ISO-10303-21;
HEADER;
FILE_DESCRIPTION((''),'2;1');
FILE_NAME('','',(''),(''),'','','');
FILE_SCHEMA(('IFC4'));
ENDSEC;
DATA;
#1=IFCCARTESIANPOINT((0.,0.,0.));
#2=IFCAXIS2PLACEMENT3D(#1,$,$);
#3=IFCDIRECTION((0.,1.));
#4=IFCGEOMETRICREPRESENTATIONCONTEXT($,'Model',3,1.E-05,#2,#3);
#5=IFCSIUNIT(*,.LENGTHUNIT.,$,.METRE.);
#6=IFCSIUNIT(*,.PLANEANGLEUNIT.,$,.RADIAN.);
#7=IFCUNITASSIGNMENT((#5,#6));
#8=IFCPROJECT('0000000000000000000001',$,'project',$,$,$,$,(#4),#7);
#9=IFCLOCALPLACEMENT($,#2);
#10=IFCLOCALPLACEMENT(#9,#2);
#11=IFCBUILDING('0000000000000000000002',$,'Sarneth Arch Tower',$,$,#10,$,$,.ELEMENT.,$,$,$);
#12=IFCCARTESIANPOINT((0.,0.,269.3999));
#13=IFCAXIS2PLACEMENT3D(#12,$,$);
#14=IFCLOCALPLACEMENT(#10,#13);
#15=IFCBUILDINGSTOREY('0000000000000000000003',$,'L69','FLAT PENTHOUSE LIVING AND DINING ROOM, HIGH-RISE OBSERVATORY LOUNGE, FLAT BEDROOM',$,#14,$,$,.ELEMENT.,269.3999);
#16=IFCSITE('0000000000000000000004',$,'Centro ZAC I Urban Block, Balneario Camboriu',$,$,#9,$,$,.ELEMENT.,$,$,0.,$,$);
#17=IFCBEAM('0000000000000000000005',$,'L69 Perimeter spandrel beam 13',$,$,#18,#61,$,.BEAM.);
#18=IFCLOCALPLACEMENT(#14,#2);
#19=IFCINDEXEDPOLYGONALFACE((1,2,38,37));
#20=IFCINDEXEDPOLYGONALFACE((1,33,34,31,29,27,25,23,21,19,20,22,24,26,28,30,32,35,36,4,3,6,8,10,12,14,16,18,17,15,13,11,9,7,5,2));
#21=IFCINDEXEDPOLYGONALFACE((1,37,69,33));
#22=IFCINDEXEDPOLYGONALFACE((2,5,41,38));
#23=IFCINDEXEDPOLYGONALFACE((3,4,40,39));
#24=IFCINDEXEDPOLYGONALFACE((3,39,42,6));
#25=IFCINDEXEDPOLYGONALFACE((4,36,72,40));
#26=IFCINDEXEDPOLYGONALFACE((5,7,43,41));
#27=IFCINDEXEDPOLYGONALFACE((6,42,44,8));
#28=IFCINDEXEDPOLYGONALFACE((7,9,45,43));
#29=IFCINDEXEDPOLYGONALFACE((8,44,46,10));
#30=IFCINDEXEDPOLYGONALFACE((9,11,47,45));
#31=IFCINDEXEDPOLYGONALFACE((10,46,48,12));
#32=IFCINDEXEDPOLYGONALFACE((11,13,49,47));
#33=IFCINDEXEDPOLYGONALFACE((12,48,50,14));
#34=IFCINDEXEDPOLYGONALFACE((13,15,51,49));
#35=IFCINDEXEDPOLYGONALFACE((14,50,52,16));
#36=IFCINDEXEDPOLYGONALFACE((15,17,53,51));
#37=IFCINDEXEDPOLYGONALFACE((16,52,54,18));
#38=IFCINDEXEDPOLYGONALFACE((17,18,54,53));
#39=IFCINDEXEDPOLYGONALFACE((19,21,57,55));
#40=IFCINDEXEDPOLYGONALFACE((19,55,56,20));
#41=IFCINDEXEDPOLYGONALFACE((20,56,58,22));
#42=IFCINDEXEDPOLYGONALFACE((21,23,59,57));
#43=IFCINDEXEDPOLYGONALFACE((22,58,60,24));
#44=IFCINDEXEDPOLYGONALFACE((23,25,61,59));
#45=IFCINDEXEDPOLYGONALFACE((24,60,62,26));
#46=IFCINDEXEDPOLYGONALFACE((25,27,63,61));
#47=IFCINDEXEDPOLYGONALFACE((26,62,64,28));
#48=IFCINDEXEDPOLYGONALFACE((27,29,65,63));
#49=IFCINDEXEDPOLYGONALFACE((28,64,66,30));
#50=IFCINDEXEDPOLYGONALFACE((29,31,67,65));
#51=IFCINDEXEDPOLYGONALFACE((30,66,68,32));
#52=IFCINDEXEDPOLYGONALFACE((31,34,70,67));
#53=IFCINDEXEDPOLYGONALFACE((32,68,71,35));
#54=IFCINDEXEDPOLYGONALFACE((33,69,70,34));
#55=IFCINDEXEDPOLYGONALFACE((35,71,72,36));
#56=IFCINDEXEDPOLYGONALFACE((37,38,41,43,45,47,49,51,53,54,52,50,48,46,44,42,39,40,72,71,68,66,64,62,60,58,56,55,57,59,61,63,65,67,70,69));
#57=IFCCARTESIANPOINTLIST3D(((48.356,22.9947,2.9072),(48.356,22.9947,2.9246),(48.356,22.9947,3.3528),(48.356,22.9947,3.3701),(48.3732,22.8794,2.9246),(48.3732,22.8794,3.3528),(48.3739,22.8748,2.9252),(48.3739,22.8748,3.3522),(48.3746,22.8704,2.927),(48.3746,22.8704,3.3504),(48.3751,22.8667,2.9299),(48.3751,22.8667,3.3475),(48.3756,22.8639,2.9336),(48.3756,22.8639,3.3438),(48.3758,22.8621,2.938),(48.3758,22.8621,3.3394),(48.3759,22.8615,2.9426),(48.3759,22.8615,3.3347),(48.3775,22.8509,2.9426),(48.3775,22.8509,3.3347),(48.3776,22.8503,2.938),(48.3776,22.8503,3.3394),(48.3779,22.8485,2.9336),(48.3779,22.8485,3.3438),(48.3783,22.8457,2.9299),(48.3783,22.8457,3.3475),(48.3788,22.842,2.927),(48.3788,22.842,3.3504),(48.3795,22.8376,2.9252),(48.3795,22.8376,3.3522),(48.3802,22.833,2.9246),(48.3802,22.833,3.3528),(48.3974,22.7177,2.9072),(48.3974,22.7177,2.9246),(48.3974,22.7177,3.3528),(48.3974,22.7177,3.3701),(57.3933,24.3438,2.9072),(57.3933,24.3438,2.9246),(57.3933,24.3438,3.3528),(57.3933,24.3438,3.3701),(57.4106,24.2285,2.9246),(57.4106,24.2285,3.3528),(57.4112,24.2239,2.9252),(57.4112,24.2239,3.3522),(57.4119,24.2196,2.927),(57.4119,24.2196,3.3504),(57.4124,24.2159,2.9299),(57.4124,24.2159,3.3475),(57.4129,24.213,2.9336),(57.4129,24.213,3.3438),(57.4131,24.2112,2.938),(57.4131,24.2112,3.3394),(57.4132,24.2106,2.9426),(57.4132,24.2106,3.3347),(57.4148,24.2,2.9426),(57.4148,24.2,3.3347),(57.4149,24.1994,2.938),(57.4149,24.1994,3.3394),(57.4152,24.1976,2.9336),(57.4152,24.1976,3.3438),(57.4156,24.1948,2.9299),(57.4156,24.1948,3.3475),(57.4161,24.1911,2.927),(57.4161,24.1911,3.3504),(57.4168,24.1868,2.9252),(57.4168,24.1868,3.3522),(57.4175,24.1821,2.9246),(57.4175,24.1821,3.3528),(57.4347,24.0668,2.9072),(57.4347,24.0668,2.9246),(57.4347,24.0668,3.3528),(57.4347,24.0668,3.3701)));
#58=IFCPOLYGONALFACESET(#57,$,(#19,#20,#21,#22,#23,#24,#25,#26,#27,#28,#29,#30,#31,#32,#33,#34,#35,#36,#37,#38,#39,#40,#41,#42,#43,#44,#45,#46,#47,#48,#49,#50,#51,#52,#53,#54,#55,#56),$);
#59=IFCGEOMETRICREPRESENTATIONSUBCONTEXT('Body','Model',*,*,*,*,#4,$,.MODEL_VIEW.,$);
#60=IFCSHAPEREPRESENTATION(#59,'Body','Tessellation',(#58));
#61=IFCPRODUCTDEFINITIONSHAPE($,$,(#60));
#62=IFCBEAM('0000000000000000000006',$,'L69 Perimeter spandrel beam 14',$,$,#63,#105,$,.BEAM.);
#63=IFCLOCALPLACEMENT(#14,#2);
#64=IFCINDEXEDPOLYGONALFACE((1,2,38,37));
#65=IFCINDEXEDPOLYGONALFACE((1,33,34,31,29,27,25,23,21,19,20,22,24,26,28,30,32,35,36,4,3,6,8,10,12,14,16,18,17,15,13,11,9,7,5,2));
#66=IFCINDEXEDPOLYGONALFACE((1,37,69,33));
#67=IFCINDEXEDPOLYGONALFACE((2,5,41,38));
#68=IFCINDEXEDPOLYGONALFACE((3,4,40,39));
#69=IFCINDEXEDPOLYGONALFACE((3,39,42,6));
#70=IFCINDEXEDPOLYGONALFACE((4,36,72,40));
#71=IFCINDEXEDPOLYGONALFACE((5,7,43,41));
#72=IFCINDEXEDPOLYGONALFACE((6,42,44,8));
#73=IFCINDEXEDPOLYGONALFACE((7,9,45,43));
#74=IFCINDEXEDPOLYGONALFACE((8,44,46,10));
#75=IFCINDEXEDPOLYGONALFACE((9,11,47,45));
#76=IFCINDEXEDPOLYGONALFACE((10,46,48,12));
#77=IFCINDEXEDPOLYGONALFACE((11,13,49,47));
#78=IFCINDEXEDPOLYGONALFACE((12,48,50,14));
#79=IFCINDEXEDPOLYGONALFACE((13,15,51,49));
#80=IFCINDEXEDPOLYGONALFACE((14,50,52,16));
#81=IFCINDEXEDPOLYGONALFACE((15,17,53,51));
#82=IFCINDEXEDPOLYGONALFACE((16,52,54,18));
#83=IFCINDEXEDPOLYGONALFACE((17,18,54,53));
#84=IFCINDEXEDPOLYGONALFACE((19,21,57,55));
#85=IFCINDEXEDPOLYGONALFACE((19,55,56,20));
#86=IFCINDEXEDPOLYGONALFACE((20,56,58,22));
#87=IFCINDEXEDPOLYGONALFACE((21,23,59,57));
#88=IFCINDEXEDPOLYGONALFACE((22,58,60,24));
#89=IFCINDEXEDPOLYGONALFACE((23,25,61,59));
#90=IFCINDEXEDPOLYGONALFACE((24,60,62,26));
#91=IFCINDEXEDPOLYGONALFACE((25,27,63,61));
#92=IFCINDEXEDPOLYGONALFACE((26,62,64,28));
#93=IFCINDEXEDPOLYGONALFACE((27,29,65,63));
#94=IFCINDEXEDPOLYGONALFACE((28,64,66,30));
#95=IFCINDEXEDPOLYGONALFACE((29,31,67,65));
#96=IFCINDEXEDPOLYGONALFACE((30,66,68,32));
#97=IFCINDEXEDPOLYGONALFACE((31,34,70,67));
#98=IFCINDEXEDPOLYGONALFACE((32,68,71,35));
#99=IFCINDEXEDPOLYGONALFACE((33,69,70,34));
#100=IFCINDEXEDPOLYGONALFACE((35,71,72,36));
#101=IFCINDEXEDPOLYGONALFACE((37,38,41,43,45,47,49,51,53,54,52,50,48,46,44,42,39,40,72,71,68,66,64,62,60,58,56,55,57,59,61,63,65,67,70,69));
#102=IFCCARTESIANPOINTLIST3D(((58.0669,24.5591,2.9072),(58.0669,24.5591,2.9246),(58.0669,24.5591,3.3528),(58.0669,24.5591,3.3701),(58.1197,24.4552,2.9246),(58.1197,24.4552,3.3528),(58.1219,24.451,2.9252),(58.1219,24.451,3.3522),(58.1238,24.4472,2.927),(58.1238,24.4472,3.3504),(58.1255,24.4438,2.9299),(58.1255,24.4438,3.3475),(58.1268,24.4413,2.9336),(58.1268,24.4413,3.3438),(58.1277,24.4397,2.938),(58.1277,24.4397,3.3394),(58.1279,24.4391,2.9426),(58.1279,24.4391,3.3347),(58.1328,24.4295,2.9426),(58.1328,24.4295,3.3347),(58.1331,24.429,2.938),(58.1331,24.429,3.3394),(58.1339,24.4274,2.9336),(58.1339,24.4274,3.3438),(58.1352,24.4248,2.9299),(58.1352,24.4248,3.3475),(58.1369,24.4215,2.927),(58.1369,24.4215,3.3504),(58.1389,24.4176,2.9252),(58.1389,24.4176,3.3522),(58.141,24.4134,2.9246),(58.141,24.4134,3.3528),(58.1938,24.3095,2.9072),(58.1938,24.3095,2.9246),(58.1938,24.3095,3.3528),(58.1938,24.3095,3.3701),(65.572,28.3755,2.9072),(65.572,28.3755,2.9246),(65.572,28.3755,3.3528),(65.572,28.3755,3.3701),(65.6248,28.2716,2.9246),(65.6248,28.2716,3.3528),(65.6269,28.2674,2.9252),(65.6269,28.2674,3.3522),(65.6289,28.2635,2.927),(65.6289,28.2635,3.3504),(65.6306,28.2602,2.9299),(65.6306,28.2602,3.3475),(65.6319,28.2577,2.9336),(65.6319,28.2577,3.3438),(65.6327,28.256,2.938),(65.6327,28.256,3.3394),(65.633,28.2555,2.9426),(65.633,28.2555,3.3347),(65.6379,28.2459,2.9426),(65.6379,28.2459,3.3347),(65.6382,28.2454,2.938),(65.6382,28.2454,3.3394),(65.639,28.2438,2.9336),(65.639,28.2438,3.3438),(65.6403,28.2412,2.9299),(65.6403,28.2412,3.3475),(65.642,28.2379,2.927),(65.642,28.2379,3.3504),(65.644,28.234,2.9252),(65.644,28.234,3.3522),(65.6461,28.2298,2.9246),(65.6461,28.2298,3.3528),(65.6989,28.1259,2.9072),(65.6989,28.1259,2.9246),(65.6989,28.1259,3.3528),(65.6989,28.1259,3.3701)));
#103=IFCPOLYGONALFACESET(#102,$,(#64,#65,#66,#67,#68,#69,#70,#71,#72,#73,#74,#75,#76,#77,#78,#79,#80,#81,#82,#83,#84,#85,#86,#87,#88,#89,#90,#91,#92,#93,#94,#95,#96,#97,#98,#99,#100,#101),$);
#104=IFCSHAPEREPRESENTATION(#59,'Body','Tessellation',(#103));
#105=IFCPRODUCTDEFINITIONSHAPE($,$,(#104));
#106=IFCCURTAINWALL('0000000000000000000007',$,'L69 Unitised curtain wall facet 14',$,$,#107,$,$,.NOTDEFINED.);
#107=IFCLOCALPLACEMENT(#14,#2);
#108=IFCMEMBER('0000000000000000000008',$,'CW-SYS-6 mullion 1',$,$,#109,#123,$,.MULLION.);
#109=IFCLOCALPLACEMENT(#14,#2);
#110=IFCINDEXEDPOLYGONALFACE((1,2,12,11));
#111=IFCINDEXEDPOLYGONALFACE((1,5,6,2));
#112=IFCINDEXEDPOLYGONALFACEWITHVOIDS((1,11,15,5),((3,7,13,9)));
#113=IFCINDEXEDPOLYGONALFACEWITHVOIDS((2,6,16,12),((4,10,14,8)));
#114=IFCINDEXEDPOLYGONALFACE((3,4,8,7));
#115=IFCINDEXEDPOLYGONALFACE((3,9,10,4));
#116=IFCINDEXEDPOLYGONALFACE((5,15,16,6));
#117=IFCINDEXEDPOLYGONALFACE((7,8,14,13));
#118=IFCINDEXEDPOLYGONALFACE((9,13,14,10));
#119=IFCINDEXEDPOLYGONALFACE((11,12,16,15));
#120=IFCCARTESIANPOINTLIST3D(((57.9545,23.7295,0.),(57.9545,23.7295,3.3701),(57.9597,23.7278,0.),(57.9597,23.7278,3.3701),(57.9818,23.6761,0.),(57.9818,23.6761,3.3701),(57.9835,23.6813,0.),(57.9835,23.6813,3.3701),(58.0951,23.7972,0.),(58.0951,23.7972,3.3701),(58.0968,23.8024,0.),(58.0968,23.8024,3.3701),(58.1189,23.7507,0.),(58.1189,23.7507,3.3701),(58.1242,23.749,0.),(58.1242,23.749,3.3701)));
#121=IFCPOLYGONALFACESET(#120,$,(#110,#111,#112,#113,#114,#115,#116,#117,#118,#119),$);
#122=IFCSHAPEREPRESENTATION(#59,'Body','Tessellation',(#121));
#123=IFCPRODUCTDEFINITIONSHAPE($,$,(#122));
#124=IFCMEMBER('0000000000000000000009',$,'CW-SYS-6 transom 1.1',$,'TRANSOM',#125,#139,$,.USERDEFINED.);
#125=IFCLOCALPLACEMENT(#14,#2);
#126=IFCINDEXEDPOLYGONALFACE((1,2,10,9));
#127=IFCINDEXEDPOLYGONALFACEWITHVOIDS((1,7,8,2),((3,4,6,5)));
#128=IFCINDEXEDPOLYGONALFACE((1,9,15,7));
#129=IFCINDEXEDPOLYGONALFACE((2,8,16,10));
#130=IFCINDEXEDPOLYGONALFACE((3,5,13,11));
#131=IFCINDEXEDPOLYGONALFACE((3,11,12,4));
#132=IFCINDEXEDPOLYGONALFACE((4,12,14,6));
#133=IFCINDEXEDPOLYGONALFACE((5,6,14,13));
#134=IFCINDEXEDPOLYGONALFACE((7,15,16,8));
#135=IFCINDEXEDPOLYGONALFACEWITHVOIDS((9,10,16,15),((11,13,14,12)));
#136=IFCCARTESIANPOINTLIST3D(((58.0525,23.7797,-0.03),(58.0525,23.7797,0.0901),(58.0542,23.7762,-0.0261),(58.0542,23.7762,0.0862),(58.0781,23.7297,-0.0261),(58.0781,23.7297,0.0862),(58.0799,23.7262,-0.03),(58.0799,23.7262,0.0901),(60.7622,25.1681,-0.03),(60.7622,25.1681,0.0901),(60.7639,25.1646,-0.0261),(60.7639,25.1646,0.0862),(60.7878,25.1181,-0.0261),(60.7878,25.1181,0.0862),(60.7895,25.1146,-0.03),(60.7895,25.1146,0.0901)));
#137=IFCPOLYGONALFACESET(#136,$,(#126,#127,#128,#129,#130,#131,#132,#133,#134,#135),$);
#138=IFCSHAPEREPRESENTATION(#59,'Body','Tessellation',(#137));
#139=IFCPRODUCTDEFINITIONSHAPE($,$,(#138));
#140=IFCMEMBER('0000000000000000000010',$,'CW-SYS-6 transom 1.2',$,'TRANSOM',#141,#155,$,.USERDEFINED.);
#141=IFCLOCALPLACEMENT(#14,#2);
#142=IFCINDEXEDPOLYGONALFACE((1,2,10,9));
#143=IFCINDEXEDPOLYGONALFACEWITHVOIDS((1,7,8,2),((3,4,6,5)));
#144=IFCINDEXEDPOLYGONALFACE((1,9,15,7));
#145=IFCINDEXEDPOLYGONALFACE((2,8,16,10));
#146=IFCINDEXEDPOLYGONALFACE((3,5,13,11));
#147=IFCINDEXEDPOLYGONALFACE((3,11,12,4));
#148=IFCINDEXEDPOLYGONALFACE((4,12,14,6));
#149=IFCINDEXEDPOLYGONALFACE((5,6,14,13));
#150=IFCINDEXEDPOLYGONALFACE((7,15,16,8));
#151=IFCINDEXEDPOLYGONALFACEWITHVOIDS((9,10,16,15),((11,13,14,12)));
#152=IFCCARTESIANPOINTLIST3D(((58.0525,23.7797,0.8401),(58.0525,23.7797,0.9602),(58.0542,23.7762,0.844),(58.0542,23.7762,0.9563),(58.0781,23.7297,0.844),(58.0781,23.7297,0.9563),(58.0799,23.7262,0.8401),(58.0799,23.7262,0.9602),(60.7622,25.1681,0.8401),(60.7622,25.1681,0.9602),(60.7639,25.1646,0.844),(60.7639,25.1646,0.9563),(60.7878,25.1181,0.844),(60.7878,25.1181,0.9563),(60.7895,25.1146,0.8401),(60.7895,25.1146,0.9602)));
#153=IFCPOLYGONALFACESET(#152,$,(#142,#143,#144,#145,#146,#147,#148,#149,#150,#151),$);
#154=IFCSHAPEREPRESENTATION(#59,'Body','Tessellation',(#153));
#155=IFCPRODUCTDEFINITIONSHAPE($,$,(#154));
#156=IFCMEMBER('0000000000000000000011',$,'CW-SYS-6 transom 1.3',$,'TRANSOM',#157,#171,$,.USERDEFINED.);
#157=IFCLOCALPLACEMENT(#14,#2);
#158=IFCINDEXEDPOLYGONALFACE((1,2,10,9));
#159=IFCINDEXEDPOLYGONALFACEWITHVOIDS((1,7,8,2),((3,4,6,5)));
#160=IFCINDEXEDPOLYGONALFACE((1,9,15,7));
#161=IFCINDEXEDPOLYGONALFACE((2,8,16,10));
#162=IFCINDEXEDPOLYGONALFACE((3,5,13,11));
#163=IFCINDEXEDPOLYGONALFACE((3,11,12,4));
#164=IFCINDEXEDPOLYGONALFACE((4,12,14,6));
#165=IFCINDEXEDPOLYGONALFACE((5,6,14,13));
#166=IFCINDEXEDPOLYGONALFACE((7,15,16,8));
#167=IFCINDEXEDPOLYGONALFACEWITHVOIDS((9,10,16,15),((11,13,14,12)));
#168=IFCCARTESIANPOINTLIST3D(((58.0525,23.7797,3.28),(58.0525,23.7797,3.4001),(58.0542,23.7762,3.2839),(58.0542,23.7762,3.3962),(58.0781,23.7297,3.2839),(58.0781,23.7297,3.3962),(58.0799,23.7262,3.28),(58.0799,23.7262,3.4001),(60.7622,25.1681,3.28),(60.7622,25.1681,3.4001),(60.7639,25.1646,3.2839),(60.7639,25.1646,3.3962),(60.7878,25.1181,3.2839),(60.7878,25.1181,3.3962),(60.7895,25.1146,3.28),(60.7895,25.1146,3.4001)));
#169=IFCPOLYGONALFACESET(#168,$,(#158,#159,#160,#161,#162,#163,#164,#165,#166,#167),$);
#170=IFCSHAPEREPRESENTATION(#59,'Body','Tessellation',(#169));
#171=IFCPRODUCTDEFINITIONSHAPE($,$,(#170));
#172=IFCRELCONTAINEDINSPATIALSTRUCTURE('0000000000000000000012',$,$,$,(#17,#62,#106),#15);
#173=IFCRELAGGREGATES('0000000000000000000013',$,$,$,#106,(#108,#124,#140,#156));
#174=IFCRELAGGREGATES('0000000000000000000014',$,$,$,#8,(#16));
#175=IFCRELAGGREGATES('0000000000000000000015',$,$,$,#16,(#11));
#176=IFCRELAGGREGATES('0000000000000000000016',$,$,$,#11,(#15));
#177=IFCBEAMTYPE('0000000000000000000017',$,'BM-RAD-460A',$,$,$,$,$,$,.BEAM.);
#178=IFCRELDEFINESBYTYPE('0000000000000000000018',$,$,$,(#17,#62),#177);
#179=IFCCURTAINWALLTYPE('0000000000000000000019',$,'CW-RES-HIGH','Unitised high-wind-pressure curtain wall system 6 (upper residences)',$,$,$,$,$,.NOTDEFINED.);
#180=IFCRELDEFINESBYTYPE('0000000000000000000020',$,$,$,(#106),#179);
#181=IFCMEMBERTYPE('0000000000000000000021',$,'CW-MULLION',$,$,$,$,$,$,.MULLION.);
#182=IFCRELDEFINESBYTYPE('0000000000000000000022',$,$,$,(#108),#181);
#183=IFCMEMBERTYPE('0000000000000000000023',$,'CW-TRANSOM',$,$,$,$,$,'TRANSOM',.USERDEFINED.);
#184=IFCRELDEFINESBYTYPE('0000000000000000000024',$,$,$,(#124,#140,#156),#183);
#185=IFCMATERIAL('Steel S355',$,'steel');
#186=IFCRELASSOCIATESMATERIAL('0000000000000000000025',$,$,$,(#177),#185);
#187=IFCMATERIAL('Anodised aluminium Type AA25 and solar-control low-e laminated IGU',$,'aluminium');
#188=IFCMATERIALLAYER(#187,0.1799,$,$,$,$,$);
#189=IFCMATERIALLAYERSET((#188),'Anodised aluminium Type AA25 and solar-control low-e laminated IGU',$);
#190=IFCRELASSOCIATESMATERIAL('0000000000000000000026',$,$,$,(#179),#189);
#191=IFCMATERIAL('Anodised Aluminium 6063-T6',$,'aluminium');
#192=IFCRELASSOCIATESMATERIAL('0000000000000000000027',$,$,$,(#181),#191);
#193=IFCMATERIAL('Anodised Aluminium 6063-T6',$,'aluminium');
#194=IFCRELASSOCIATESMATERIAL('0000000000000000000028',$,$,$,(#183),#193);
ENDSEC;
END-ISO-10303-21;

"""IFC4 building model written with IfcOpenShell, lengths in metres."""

from ifc_helpers import new_model, si_unit, direction, frame, origin, origin_2d, place, context, subcontext, project, spatial, hollow_rectangle, i_section, extrude, material, layer, layer_set, material_profile, profile_set, type_object, element, aggregate, save


model = new_model("IFC4")

# Units and contexts
model_context = context("Model", 3, precision=1e-05, world=origin(), true_north=direction((0.0, 1.0)))
body_context = subcontext(model_context, "Body", "Model", "MODEL_VIEW")
ifc_project = project(units=[si_unit("LENGTHUNIT", "METRE"), si_unit("PLANEANGLEUNIT", "RADIAN")], contexts=[model_context])

# Site, building, storey
site_placement = place(None, origin())
site = spatial("IfcSite", under=ifc_project, at=site_placement, Name="Centro ZAC I Urban Block, Balneario Camboriu", CompositionType="ELEMENT", RefElevation=0.0)
building_placement = place(site_placement, origin())
building = spatial("IfcBuilding", under=site, at=building_placement, Name="Sarneth Arch Tower", CompositionType="ELEMENT")
storey_placement = place(building_placement, frame((0.0, 0.0, 269.3999)))
storey = spatial("IfcBuildingStorey", under=building, at=storey_placement, Name="L69", Description="FLAT PENTHOUSE LIVING AND DINING ROOM, HIGH-RISE OBSERVATORY LOUNGE, FLAT BEDROOM", CompositionType="ELEMENT", Elevation=269.3999)

# Beams
ifc_material_1 = material(Name="Steel S355", Category="steel")
ifc_material_profile_1 = material_profile(ifc_material_1, i_section(OverallWidth=0.28, OverallDepth=0.4629, WebThickness=0.0107, FlangeThickness=0.0173, FilletRadius=0.0181, at=origin_2d()), Name="W460x113")
ifc_profile_set_1 = profile_set([ifc_material_profile_1], Name="Steel S355")
beam_type_1 = type_object("IfcBeamType", Name="BM-RAD-460A", PredefinedType="BEAM", material=ifc_profile_set_1)
beam_1_placement = place(storey_placement, frame((48.3767, 22.8562, 3.1387), z_axis=(0.98904, 0.147647, 0.0), x_axis=(-0.147647, 0.98904, 0.0)))
element("IfcBeam", 1, at=beam_1_placement, inside=storey, type_object=beam_type_1, Name="L69 Perimeter spandrel beam 13", PredefinedType="BEAM", context=body_context, shape_type="SweptSolid", body=[
    extrude(i_section(OverallWidth=0.28, OverallDepth=0.4629, WebThickness=0.0107, FlangeThickness=0.0173, FilletRadius=0.0181, at=origin_2d()), origin(), (0.0, 0.0, 1.0), 9.1375),
])
beam_2_placement = place(storey_placement, frame((58.1304, 24.4343, 3.1387), z_axis=(0.891374, 0.453269, 0.0), x_axis=(-0.453269, 0.891374, 0.0)))
element("IfcBeam", 2, at=beam_2_placement, inside=storey, type_object=beam_type_1, Name="L69 Perimeter spandrel beam 14", PredefinedType="BEAM", context=body_context, shape_type="SweptSolid", body=[
    extrude(i_section(OverallWidth=0.28, OverallDepth=0.4629, WebThickness=0.0107, FlangeThickness=0.0173, FilletRadius=0.0181, at=origin_2d()), origin(), (0.0, 0.0, 1.0), 8.4197),
])

# Curtain wall, members
ifc_material_2 = material(Name="Anodised aluminium Type AA25 and solar-control low-e laminated IGU", Category="aluminium")
ifc_layer_1 = layer(ifc_material_2, 0.1799)
ifc_layer_set_1 = layer_set([ifc_layer_1], Name="Anodised aluminium Type AA25 and solar-control low-e laminated IGU")
curtain_wall_type = type_object("IfcCurtainWallType", Name="CW-RES-HIGH", Description="Unitised high-wind-pressure curtain wall system 6 (upper residences)", PredefinedType="NOTDEFINED", material=ifc_layer_set_1)
curtain_wall_placement = place(storey_placement, origin())
curtain_wall = element("IfcCurtainWall", 3, at=curtain_wall_placement, inside=storey, type_object=curtain_wall_type, Name="L69 Unitised curtain wall facet 14", PredefinedType="NOTDEFINED")
ifc_material_3 = material(Name="Anodised Aluminium 6063-T6", Category="aluminium")
ifc_material_profile_2 = material_profile(ifc_material_3, hollow_rectangle(XDim=0.0601, YDim=0.1599, WallThickness=0.0039, at=origin_2d()), Name="AL-MULL-160x60x4")
ifc_profile_set_2 = profile_set([ifc_material_profile_2], Name="Anodised Aluminium 6063-T6")
member_type_1 = type_object("IfcMemberType", Name="CW-MULLION", PredefinedType="MULLION", material=ifc_profile_set_2)
member_1_placement = place(storey_placement, frame((58.0393, 23.7393, 0.0), z_axis=(0.0, 0.0, 1.0), x_axis=(-0.455942, 0.89001, 0.0)))
member_1 = element("IfcMember", 4, at=member_1_placement, type_object=member_type_1, Name="CW-SYS-6 mullion 1", PredefinedType="MULLION", context=body_context, shape_type="SweptSolid", body=[
    extrude(hollow_rectangle(XDim=0.0601, YDim=0.1599, WallThickness=0.0039, at=origin_2d()), origin(), (0.0, 0.0, 1.0), 3.3701),
])
ifc_material_4 = material(Name="Anodised Aluminium 6063-T6", Category="aluminium")
ifc_material_profile_3 = material_profile(ifc_material_4, hollow_rectangle(XDim=0.0601, YDim=0.1201, WallThickness=0.0039, at=origin_2d()), Name="AL-TRAN-120x60x4")
ifc_profile_set_3 = profile_set([ifc_material_profile_3], Name="Anodised Aluminium 6063-T6")
member_type_2 = type_object("IfcMemberType", Name="CW-TRANSOM", ElementType="TRANSOM", PredefinedType="USERDEFINED", material=ifc_profile_set_3)
member_2_placement = place(storey_placement, frame((58.0662, 23.7529, 0.03), z_axis=(0.889974, 0.456012, 0.0), x_axis=(-0.456012, 0.889974, 0.0)))
member_2 = element("IfcMember", 5, at=member_2_placement, type_object=member_type_2, Name="CW-SYS-6 transom 1.1", ObjectType="TRANSOM", PredefinedType="USERDEFINED", context=body_context, shape_type="SweptSolid", body=[
    extrude(hollow_rectangle(XDim=0.0601, YDim=0.1201, WallThickness=0.0039, at=origin_2d()), origin(), (0.0, 0.0, 1.0), 3.0447),
])
member_3_placement = place(storey_placement, frame((58.0662, 23.7529, 0.9001), z_axis=(0.889974, 0.456012, 0.0), x_axis=(-0.456012, 0.889974, 0.0)))
member_3 = element("IfcMember", 6, at=member_3_placement, type_object=member_type_2, Name="CW-SYS-6 transom 1.2", ObjectType="TRANSOM", PredefinedType="USERDEFINED", context=body_context, shape_type="SweptSolid", body=[
    extrude(hollow_rectangle(XDim=0.0601, YDim=0.1201, WallThickness=0.0039, at=origin_2d()), origin(), (0.0, 0.0, 1.0), 3.0447),
])
member_4_placement = place(storey_placement, frame((58.0662, 23.7529, 3.3401), z_axis=(0.889974, 0.456012, 0.0), x_axis=(-0.456012, 0.889974, 0.0)))
member_4 = element("IfcMember", 7, at=member_4_placement, type_object=member_type_2, Name="CW-SYS-6 transom 1.3", ObjectType="TRANSOM", PredefinedType="USERDEFINED", context=body_context, shape_type="SweptSolid", body=[
    extrude(hollow_rectangle(XDim=0.0601, YDim=0.1201, WallThickness=0.0039, at=origin_2d()), origin(), (0.0, 0.0, 1.0), 3.0447),
])
aggregate(curtain_wall, [member_1, member_2, member_3, member_4])

save(model, "model.ifc")
